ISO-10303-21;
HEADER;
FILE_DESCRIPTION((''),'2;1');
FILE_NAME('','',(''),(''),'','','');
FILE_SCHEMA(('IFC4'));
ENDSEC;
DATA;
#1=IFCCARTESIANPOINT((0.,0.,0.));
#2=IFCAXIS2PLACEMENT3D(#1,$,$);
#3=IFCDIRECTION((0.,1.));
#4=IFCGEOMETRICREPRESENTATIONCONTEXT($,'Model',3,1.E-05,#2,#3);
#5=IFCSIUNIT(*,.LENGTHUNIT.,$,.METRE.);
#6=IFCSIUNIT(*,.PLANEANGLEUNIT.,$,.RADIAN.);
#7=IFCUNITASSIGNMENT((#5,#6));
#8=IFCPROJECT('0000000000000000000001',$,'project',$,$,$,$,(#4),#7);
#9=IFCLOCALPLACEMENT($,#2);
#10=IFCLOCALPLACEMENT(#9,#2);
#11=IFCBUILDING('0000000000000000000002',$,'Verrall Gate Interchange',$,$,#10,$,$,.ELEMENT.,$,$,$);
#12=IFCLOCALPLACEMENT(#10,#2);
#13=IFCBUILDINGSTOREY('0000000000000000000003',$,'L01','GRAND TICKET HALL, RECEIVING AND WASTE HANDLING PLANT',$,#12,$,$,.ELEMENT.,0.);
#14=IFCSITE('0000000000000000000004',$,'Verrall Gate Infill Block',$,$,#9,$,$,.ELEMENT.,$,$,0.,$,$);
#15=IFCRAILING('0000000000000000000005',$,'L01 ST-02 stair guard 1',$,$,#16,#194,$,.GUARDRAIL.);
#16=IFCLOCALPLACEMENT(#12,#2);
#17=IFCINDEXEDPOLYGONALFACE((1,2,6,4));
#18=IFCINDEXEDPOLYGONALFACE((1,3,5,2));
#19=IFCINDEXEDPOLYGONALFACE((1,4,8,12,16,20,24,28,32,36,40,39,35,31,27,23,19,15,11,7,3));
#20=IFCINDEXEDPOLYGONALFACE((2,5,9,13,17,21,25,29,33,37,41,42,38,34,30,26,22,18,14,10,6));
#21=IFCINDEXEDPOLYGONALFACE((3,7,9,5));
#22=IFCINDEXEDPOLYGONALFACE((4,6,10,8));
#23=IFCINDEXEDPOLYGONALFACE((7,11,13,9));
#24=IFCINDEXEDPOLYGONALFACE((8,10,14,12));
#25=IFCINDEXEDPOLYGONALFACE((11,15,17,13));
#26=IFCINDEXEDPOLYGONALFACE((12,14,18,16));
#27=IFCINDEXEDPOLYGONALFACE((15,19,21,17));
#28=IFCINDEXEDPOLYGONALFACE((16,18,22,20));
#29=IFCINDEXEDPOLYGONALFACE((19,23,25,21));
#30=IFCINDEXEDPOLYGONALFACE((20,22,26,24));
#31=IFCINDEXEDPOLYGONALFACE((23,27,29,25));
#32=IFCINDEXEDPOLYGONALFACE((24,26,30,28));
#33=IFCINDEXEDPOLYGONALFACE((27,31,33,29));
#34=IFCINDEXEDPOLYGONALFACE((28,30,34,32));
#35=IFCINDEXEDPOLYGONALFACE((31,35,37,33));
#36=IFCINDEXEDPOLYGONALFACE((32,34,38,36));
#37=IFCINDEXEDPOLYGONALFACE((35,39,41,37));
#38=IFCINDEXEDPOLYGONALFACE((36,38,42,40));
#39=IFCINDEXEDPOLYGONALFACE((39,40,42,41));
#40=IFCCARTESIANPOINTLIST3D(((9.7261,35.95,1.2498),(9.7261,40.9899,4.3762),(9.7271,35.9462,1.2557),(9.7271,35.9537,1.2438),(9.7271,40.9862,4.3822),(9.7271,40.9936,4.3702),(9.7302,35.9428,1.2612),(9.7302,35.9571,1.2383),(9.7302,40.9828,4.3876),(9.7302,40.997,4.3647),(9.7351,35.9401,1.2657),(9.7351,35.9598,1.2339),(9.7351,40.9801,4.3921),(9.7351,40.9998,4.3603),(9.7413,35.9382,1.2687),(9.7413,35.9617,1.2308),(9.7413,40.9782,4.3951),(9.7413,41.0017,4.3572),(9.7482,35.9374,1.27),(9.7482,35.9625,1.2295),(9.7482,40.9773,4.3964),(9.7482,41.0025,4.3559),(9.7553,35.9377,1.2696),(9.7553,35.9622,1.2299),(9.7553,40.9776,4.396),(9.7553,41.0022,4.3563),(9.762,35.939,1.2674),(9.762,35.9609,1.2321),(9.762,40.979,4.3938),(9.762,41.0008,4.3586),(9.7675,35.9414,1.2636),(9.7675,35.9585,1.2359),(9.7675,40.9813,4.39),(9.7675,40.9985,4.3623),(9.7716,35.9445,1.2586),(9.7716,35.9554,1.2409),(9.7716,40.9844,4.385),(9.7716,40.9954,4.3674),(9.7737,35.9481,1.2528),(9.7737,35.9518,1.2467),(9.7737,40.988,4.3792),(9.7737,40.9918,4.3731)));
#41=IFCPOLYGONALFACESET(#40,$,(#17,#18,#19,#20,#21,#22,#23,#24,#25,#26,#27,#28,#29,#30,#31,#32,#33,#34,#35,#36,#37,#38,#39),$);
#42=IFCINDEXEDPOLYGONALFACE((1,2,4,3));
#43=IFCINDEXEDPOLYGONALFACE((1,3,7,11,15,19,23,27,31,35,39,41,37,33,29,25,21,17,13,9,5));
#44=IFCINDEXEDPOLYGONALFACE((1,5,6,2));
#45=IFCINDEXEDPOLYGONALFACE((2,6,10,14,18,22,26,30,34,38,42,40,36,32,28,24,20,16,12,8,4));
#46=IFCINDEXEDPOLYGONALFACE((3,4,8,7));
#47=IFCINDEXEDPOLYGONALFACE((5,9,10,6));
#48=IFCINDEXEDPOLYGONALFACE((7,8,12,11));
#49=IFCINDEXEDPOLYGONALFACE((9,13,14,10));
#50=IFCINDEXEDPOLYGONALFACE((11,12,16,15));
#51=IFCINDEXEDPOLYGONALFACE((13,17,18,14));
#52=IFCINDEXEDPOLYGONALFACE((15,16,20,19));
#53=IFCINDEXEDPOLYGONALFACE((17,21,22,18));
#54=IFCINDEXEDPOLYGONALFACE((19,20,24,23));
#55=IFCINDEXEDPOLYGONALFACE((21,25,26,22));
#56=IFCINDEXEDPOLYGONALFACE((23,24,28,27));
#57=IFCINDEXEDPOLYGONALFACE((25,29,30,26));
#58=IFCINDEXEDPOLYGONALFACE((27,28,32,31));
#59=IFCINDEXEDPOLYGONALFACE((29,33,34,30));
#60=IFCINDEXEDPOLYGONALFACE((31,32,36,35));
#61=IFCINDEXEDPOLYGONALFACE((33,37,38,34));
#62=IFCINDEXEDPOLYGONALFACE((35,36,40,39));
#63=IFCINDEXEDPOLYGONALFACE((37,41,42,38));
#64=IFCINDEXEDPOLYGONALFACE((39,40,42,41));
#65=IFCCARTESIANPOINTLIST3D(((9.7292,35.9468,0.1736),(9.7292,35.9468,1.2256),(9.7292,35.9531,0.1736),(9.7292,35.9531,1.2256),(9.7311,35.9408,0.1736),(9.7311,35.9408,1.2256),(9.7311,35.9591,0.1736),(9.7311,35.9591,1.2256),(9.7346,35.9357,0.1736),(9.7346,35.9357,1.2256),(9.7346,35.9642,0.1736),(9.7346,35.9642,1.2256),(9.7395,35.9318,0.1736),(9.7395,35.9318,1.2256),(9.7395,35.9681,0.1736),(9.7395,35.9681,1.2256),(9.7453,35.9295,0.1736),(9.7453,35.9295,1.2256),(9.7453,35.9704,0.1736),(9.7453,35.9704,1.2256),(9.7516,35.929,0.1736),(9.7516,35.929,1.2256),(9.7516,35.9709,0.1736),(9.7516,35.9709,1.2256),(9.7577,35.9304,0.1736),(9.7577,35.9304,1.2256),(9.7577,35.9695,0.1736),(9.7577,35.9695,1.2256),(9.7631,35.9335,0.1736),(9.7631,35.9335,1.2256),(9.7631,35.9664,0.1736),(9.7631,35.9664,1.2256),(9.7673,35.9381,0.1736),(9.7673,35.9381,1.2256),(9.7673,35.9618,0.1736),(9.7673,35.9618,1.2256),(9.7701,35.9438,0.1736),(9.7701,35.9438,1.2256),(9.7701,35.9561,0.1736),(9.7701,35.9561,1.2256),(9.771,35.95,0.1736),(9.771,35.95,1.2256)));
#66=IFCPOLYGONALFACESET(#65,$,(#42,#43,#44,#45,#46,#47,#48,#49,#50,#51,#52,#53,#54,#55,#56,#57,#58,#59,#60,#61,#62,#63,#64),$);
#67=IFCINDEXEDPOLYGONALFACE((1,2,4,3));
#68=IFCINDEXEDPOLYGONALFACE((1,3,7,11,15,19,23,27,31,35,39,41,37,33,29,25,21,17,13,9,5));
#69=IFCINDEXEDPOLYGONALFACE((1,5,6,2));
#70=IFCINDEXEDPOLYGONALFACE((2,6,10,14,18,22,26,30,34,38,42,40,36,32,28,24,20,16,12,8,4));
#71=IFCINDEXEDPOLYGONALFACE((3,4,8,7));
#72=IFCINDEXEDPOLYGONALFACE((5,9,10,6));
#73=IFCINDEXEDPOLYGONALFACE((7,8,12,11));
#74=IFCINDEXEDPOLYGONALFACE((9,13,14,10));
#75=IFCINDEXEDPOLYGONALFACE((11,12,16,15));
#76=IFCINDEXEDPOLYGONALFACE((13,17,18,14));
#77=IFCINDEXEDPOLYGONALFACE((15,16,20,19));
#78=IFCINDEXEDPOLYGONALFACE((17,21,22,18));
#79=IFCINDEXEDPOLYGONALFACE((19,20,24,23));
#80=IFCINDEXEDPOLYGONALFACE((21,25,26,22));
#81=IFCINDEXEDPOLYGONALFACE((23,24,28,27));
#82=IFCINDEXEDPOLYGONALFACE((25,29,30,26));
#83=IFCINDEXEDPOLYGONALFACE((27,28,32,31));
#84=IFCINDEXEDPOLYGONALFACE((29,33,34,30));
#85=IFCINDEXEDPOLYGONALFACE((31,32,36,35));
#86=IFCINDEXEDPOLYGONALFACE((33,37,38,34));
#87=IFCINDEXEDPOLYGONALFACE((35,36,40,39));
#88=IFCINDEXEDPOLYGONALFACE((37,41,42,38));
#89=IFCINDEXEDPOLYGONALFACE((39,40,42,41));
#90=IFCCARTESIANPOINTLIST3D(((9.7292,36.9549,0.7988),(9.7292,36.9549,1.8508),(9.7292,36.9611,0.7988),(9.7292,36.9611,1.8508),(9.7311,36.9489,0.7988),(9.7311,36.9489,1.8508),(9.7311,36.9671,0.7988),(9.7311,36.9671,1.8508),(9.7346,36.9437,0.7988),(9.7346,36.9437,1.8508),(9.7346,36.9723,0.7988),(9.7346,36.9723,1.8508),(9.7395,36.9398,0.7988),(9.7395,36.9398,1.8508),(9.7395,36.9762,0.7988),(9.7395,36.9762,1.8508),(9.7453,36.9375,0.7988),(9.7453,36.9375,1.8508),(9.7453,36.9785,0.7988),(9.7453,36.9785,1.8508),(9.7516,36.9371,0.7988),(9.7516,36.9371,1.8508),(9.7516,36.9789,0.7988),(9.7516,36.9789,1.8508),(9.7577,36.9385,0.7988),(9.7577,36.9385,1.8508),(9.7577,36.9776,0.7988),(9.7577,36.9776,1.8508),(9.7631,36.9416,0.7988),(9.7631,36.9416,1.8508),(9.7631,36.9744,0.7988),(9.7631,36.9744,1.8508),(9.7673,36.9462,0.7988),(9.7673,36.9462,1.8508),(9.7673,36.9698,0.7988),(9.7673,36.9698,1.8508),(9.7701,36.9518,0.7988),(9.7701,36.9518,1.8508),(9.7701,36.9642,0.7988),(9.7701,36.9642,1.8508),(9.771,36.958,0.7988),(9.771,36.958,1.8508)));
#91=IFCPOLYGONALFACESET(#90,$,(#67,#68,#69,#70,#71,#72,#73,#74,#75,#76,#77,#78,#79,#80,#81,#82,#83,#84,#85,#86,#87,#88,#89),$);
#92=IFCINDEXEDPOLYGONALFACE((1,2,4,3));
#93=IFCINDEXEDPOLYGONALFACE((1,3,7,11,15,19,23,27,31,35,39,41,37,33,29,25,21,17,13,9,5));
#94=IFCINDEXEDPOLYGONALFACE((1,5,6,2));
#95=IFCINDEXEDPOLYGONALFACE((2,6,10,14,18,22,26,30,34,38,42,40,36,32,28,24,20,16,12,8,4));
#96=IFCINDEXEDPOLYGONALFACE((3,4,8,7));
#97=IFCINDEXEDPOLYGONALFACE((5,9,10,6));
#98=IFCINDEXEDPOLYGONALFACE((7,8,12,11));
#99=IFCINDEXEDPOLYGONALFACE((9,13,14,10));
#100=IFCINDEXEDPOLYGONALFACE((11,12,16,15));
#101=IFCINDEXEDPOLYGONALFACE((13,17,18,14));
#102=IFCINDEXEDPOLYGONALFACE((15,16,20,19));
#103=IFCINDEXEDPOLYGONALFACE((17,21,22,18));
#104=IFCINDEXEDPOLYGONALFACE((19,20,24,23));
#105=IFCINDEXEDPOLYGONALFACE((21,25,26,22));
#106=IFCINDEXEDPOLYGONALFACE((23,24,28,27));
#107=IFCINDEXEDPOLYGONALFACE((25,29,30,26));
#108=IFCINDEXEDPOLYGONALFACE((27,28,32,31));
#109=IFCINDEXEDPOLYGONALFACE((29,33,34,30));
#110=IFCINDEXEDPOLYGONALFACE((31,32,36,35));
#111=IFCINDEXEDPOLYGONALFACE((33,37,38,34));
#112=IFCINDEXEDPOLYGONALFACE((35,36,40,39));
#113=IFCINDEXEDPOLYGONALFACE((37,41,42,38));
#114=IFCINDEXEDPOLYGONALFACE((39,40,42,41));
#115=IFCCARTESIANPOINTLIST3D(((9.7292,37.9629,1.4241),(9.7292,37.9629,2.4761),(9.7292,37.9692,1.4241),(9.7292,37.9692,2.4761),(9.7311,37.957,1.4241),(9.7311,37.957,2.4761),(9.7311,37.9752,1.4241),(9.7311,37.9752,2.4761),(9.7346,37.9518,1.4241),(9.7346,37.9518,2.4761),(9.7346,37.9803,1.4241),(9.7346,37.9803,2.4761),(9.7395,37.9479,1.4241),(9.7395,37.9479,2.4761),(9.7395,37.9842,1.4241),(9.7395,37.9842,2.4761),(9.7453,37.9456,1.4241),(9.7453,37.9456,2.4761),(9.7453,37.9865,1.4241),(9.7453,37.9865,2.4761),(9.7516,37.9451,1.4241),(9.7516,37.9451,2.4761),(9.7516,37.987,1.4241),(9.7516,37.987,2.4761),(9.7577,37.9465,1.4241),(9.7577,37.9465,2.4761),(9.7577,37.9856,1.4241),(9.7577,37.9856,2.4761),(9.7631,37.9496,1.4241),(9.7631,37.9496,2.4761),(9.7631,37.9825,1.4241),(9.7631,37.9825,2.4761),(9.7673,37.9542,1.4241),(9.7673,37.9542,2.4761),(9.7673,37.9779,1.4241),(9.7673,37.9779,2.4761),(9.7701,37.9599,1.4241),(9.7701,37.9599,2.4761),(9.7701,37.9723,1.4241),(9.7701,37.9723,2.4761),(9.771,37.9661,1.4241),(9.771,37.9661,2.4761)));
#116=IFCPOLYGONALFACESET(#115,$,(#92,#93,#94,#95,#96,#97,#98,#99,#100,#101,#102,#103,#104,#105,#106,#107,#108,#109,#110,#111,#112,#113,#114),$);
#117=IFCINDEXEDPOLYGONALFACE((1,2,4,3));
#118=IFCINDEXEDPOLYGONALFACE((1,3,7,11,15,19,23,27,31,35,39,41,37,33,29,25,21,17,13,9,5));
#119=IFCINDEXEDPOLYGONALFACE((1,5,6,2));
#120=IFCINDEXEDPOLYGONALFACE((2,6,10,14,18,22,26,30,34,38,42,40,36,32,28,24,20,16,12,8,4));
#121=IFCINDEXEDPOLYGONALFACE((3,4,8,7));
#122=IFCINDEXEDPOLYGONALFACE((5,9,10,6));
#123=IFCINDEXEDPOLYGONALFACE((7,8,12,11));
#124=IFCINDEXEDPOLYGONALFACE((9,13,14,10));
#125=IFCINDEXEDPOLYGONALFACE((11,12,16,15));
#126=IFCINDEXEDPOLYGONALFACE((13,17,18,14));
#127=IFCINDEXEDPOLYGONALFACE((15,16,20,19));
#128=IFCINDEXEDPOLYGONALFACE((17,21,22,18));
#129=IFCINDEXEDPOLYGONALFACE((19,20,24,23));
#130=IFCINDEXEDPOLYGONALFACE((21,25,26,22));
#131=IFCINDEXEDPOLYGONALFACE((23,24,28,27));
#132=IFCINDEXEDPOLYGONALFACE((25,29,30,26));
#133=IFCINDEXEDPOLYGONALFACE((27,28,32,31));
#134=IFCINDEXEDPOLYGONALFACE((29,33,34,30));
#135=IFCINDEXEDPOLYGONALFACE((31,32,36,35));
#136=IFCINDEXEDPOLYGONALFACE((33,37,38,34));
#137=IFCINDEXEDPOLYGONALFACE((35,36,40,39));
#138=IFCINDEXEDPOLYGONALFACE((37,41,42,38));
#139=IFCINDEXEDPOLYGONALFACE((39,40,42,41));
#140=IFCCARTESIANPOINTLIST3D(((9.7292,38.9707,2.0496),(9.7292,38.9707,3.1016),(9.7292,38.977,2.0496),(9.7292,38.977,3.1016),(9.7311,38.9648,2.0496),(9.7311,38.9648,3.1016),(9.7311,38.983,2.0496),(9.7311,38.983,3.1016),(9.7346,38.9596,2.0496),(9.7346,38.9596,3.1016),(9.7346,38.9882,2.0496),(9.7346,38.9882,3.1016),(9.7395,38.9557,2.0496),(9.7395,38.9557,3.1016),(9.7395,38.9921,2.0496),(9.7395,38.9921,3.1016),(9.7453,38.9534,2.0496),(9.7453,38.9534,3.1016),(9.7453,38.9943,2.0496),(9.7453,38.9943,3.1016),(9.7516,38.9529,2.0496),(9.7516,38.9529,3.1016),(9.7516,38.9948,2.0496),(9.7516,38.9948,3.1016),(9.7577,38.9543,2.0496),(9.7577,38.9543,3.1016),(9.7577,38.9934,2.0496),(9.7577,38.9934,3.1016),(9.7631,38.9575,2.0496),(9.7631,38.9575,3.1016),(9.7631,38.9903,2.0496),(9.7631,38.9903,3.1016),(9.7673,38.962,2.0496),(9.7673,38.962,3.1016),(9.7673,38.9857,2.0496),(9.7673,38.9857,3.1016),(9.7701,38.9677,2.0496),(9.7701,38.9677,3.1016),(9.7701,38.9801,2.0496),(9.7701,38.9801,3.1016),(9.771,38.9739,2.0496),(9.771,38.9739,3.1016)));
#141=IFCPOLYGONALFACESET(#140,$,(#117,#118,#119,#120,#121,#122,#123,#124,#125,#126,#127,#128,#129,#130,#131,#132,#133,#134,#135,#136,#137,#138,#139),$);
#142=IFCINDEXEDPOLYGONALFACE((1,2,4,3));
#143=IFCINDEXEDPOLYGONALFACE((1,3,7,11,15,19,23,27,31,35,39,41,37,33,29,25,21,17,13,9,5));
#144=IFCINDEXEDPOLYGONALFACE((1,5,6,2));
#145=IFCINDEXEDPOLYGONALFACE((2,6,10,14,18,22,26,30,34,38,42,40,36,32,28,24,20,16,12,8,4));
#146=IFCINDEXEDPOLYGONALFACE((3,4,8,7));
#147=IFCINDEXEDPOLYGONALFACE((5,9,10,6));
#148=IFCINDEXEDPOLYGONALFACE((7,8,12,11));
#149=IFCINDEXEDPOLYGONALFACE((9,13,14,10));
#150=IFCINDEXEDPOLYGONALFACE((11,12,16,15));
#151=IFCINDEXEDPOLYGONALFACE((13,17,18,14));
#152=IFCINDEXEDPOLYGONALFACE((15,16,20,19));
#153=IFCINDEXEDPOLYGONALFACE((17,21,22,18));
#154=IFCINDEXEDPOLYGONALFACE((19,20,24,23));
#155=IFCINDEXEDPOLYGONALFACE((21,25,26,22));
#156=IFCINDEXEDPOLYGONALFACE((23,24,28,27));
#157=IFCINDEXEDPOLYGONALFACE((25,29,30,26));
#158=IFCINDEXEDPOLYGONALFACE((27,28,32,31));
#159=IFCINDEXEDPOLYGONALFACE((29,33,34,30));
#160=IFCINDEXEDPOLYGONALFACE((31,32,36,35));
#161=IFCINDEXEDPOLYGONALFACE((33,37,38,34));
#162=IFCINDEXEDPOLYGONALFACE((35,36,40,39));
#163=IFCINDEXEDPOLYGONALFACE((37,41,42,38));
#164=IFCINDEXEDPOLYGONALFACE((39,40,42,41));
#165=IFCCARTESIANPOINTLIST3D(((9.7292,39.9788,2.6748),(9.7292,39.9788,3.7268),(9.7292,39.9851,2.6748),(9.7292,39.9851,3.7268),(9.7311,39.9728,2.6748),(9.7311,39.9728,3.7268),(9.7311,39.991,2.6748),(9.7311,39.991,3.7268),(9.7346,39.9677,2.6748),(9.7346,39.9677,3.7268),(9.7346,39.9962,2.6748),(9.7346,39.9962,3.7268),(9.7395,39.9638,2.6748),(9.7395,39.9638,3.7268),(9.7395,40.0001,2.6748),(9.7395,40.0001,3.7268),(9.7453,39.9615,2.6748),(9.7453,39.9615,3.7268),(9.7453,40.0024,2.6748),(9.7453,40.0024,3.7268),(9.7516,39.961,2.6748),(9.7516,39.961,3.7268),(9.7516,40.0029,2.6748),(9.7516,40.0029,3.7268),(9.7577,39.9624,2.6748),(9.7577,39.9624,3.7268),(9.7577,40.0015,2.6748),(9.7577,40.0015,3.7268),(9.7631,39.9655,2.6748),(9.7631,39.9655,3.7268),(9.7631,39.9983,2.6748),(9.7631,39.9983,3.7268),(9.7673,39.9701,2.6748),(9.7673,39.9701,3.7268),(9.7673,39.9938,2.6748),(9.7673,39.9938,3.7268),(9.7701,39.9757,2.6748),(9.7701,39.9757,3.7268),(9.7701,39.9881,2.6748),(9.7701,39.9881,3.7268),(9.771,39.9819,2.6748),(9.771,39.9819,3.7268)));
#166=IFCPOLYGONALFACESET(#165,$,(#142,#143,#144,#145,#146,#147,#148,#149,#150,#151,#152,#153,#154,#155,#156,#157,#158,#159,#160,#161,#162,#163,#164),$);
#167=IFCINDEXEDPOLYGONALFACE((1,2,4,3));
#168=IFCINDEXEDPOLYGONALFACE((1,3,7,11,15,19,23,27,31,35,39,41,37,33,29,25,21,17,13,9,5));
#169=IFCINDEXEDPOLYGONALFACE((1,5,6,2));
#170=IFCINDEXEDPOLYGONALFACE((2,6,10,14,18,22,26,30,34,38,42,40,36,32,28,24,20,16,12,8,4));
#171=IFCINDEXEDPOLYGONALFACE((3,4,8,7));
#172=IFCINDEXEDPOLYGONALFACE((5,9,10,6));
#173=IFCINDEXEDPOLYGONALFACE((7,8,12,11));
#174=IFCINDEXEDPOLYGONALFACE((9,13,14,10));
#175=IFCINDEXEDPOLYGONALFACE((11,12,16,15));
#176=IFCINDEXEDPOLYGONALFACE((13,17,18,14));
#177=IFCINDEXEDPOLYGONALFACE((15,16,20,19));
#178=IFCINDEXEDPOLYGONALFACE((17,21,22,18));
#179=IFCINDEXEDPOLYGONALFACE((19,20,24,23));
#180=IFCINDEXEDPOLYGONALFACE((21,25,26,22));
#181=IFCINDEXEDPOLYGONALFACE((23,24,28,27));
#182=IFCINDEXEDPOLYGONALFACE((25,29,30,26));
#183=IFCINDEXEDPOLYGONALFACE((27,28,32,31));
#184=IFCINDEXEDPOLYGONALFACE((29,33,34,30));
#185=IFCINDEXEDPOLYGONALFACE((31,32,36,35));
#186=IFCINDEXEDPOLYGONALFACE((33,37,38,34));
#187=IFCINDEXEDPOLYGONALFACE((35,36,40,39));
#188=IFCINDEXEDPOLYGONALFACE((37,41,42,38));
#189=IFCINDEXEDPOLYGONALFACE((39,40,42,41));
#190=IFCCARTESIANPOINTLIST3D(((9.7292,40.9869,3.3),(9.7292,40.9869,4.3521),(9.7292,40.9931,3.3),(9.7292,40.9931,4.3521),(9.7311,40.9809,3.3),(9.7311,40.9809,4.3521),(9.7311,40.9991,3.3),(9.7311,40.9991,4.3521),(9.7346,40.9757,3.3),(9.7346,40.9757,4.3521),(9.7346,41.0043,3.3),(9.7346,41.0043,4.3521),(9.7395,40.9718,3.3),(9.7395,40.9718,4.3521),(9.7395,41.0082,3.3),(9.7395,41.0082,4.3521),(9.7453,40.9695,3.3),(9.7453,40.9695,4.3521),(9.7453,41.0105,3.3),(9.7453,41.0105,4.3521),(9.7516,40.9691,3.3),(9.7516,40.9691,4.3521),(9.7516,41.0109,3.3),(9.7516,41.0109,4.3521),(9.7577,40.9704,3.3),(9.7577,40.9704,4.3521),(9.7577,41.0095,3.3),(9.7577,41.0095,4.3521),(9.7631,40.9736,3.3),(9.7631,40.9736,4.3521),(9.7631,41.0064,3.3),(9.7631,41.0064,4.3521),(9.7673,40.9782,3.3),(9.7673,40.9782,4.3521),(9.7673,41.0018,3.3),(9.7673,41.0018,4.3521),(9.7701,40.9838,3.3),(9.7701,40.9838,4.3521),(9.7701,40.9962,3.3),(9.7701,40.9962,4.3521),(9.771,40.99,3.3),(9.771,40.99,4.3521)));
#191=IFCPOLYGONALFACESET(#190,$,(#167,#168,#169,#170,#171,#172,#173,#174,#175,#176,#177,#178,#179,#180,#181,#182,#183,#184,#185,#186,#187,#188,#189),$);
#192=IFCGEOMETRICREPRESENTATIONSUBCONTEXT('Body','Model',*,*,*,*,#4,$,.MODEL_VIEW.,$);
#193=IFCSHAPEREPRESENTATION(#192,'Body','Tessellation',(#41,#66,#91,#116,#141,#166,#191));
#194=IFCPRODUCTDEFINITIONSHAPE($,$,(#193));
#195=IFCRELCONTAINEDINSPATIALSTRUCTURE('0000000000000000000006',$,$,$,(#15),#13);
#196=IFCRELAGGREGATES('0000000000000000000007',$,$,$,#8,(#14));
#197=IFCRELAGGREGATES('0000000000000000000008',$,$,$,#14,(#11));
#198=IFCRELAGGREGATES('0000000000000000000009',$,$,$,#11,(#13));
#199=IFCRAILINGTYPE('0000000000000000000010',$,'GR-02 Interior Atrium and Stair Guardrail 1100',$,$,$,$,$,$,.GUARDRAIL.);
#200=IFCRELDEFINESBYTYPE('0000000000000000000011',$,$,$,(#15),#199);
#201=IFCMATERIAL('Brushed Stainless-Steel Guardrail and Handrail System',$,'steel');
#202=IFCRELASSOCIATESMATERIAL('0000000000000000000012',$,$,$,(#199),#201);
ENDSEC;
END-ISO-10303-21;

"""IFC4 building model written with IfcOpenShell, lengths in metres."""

from ifc_helpers import new_model, si_unit, direction, frame, origin, origin_2d, place, context, subcontext, project, spatial, circle, extrude, material, type_object, element, save


model = new_model("IFC4")

# Units and contexts
model_context = context("Model", 3, precision=1e-05, world=origin(), true_north=direction((0.0, 1.0)))
body_context = subcontext(model_context, "Body", "Model", "MODEL_VIEW")
ifc_project = project(units=[si_unit("LENGTHUNIT", "METRE"), si_unit("PLANEANGLEUNIT", "RADIAN")], contexts=[model_context])

# Site, building, storey
site_placement = place(None, origin())
site = spatial("IfcSite", under=ifc_project, at=site_placement, Name="Verrall Gate Infill Block", CompositionType="ELEMENT", RefElevation=0.0)
building_placement = place(site_placement, origin())
building = spatial("IfcBuilding", under=site, at=building_placement, Name="Verrall Gate Interchange", CompositionType="ELEMENT")
storey_placement = place(building_placement, origin())
storey = spatial("IfcBuildingStorey", under=building, at=storey_placement, Name="L01", Description="GRAND TICKET HALL, RECEIVING AND WASTE HANDLING PLANT", CompositionType="ELEMENT", Elevation=0.0)

# Railing
ifc_material_1 = material(Name="Brushed Stainless-Steel Guardrail and Handrail System", Category="steel")
railing_type_1 = type_object("IfcRailingType", Name="GR-02 Interior Atrium and Stair Guardrail 1100", PredefinedType="GUARDRAIL", material=ifc_material_1)
railing_1_placement = place(storey_placement, frame((9.75, 35.95, 0.1736)))
element("IfcRailing", 1, at=railing_1_placement, inside=storey, type_object=railing_type_1, Name="L01 ST-02 stair guard 1", PredefinedType="GUARDRAIL", context=body_context, shape_type="SweptSolid", body=[
    extrude(circle(Radius=0.0239, at=origin_2d()), frame((0.0, 0.0, 1.0762), z_axis=(0.0, 0.849779, 0.527139), x_axis=(-1.0, 0.0, 0.0)), (0.0, 0.0, 1.0), 5.9309),
    extrude(circle(Radius=0.021, at=origin_2d()), origin(), (0.0, 0.0, 1.0), 1.052),
    extrude(circle(Radius=0.021, at=origin_2d()), frame((0.0, 1.0081, 0.6252)), (0.0, 0.0, 1.0), 1.052),
    extrude(circle(Radius=0.021, at=origin_2d()), frame((0.0, 2.0161, 1.2505)), (0.0, 0.0, 1.0), 1.052),
    extrude(circle(Radius=0.021, at=origin_2d()), frame((0.0, 3.0239, 1.876)), (0.0, 0.0, 1.0), 1.052),
    extrude(circle(Radius=0.021, at=origin_2d()), frame((0.0, 4.032, 2.5012)), (0.0, 0.0, 1.0), 1.052),
    extrude(circle(Radius=0.021, at=origin_2d()), frame((0.0, 5.04, 3.1265)), (0.0, 0.0, 1.0), 1.052),
])

save(model, "model.ifc")
